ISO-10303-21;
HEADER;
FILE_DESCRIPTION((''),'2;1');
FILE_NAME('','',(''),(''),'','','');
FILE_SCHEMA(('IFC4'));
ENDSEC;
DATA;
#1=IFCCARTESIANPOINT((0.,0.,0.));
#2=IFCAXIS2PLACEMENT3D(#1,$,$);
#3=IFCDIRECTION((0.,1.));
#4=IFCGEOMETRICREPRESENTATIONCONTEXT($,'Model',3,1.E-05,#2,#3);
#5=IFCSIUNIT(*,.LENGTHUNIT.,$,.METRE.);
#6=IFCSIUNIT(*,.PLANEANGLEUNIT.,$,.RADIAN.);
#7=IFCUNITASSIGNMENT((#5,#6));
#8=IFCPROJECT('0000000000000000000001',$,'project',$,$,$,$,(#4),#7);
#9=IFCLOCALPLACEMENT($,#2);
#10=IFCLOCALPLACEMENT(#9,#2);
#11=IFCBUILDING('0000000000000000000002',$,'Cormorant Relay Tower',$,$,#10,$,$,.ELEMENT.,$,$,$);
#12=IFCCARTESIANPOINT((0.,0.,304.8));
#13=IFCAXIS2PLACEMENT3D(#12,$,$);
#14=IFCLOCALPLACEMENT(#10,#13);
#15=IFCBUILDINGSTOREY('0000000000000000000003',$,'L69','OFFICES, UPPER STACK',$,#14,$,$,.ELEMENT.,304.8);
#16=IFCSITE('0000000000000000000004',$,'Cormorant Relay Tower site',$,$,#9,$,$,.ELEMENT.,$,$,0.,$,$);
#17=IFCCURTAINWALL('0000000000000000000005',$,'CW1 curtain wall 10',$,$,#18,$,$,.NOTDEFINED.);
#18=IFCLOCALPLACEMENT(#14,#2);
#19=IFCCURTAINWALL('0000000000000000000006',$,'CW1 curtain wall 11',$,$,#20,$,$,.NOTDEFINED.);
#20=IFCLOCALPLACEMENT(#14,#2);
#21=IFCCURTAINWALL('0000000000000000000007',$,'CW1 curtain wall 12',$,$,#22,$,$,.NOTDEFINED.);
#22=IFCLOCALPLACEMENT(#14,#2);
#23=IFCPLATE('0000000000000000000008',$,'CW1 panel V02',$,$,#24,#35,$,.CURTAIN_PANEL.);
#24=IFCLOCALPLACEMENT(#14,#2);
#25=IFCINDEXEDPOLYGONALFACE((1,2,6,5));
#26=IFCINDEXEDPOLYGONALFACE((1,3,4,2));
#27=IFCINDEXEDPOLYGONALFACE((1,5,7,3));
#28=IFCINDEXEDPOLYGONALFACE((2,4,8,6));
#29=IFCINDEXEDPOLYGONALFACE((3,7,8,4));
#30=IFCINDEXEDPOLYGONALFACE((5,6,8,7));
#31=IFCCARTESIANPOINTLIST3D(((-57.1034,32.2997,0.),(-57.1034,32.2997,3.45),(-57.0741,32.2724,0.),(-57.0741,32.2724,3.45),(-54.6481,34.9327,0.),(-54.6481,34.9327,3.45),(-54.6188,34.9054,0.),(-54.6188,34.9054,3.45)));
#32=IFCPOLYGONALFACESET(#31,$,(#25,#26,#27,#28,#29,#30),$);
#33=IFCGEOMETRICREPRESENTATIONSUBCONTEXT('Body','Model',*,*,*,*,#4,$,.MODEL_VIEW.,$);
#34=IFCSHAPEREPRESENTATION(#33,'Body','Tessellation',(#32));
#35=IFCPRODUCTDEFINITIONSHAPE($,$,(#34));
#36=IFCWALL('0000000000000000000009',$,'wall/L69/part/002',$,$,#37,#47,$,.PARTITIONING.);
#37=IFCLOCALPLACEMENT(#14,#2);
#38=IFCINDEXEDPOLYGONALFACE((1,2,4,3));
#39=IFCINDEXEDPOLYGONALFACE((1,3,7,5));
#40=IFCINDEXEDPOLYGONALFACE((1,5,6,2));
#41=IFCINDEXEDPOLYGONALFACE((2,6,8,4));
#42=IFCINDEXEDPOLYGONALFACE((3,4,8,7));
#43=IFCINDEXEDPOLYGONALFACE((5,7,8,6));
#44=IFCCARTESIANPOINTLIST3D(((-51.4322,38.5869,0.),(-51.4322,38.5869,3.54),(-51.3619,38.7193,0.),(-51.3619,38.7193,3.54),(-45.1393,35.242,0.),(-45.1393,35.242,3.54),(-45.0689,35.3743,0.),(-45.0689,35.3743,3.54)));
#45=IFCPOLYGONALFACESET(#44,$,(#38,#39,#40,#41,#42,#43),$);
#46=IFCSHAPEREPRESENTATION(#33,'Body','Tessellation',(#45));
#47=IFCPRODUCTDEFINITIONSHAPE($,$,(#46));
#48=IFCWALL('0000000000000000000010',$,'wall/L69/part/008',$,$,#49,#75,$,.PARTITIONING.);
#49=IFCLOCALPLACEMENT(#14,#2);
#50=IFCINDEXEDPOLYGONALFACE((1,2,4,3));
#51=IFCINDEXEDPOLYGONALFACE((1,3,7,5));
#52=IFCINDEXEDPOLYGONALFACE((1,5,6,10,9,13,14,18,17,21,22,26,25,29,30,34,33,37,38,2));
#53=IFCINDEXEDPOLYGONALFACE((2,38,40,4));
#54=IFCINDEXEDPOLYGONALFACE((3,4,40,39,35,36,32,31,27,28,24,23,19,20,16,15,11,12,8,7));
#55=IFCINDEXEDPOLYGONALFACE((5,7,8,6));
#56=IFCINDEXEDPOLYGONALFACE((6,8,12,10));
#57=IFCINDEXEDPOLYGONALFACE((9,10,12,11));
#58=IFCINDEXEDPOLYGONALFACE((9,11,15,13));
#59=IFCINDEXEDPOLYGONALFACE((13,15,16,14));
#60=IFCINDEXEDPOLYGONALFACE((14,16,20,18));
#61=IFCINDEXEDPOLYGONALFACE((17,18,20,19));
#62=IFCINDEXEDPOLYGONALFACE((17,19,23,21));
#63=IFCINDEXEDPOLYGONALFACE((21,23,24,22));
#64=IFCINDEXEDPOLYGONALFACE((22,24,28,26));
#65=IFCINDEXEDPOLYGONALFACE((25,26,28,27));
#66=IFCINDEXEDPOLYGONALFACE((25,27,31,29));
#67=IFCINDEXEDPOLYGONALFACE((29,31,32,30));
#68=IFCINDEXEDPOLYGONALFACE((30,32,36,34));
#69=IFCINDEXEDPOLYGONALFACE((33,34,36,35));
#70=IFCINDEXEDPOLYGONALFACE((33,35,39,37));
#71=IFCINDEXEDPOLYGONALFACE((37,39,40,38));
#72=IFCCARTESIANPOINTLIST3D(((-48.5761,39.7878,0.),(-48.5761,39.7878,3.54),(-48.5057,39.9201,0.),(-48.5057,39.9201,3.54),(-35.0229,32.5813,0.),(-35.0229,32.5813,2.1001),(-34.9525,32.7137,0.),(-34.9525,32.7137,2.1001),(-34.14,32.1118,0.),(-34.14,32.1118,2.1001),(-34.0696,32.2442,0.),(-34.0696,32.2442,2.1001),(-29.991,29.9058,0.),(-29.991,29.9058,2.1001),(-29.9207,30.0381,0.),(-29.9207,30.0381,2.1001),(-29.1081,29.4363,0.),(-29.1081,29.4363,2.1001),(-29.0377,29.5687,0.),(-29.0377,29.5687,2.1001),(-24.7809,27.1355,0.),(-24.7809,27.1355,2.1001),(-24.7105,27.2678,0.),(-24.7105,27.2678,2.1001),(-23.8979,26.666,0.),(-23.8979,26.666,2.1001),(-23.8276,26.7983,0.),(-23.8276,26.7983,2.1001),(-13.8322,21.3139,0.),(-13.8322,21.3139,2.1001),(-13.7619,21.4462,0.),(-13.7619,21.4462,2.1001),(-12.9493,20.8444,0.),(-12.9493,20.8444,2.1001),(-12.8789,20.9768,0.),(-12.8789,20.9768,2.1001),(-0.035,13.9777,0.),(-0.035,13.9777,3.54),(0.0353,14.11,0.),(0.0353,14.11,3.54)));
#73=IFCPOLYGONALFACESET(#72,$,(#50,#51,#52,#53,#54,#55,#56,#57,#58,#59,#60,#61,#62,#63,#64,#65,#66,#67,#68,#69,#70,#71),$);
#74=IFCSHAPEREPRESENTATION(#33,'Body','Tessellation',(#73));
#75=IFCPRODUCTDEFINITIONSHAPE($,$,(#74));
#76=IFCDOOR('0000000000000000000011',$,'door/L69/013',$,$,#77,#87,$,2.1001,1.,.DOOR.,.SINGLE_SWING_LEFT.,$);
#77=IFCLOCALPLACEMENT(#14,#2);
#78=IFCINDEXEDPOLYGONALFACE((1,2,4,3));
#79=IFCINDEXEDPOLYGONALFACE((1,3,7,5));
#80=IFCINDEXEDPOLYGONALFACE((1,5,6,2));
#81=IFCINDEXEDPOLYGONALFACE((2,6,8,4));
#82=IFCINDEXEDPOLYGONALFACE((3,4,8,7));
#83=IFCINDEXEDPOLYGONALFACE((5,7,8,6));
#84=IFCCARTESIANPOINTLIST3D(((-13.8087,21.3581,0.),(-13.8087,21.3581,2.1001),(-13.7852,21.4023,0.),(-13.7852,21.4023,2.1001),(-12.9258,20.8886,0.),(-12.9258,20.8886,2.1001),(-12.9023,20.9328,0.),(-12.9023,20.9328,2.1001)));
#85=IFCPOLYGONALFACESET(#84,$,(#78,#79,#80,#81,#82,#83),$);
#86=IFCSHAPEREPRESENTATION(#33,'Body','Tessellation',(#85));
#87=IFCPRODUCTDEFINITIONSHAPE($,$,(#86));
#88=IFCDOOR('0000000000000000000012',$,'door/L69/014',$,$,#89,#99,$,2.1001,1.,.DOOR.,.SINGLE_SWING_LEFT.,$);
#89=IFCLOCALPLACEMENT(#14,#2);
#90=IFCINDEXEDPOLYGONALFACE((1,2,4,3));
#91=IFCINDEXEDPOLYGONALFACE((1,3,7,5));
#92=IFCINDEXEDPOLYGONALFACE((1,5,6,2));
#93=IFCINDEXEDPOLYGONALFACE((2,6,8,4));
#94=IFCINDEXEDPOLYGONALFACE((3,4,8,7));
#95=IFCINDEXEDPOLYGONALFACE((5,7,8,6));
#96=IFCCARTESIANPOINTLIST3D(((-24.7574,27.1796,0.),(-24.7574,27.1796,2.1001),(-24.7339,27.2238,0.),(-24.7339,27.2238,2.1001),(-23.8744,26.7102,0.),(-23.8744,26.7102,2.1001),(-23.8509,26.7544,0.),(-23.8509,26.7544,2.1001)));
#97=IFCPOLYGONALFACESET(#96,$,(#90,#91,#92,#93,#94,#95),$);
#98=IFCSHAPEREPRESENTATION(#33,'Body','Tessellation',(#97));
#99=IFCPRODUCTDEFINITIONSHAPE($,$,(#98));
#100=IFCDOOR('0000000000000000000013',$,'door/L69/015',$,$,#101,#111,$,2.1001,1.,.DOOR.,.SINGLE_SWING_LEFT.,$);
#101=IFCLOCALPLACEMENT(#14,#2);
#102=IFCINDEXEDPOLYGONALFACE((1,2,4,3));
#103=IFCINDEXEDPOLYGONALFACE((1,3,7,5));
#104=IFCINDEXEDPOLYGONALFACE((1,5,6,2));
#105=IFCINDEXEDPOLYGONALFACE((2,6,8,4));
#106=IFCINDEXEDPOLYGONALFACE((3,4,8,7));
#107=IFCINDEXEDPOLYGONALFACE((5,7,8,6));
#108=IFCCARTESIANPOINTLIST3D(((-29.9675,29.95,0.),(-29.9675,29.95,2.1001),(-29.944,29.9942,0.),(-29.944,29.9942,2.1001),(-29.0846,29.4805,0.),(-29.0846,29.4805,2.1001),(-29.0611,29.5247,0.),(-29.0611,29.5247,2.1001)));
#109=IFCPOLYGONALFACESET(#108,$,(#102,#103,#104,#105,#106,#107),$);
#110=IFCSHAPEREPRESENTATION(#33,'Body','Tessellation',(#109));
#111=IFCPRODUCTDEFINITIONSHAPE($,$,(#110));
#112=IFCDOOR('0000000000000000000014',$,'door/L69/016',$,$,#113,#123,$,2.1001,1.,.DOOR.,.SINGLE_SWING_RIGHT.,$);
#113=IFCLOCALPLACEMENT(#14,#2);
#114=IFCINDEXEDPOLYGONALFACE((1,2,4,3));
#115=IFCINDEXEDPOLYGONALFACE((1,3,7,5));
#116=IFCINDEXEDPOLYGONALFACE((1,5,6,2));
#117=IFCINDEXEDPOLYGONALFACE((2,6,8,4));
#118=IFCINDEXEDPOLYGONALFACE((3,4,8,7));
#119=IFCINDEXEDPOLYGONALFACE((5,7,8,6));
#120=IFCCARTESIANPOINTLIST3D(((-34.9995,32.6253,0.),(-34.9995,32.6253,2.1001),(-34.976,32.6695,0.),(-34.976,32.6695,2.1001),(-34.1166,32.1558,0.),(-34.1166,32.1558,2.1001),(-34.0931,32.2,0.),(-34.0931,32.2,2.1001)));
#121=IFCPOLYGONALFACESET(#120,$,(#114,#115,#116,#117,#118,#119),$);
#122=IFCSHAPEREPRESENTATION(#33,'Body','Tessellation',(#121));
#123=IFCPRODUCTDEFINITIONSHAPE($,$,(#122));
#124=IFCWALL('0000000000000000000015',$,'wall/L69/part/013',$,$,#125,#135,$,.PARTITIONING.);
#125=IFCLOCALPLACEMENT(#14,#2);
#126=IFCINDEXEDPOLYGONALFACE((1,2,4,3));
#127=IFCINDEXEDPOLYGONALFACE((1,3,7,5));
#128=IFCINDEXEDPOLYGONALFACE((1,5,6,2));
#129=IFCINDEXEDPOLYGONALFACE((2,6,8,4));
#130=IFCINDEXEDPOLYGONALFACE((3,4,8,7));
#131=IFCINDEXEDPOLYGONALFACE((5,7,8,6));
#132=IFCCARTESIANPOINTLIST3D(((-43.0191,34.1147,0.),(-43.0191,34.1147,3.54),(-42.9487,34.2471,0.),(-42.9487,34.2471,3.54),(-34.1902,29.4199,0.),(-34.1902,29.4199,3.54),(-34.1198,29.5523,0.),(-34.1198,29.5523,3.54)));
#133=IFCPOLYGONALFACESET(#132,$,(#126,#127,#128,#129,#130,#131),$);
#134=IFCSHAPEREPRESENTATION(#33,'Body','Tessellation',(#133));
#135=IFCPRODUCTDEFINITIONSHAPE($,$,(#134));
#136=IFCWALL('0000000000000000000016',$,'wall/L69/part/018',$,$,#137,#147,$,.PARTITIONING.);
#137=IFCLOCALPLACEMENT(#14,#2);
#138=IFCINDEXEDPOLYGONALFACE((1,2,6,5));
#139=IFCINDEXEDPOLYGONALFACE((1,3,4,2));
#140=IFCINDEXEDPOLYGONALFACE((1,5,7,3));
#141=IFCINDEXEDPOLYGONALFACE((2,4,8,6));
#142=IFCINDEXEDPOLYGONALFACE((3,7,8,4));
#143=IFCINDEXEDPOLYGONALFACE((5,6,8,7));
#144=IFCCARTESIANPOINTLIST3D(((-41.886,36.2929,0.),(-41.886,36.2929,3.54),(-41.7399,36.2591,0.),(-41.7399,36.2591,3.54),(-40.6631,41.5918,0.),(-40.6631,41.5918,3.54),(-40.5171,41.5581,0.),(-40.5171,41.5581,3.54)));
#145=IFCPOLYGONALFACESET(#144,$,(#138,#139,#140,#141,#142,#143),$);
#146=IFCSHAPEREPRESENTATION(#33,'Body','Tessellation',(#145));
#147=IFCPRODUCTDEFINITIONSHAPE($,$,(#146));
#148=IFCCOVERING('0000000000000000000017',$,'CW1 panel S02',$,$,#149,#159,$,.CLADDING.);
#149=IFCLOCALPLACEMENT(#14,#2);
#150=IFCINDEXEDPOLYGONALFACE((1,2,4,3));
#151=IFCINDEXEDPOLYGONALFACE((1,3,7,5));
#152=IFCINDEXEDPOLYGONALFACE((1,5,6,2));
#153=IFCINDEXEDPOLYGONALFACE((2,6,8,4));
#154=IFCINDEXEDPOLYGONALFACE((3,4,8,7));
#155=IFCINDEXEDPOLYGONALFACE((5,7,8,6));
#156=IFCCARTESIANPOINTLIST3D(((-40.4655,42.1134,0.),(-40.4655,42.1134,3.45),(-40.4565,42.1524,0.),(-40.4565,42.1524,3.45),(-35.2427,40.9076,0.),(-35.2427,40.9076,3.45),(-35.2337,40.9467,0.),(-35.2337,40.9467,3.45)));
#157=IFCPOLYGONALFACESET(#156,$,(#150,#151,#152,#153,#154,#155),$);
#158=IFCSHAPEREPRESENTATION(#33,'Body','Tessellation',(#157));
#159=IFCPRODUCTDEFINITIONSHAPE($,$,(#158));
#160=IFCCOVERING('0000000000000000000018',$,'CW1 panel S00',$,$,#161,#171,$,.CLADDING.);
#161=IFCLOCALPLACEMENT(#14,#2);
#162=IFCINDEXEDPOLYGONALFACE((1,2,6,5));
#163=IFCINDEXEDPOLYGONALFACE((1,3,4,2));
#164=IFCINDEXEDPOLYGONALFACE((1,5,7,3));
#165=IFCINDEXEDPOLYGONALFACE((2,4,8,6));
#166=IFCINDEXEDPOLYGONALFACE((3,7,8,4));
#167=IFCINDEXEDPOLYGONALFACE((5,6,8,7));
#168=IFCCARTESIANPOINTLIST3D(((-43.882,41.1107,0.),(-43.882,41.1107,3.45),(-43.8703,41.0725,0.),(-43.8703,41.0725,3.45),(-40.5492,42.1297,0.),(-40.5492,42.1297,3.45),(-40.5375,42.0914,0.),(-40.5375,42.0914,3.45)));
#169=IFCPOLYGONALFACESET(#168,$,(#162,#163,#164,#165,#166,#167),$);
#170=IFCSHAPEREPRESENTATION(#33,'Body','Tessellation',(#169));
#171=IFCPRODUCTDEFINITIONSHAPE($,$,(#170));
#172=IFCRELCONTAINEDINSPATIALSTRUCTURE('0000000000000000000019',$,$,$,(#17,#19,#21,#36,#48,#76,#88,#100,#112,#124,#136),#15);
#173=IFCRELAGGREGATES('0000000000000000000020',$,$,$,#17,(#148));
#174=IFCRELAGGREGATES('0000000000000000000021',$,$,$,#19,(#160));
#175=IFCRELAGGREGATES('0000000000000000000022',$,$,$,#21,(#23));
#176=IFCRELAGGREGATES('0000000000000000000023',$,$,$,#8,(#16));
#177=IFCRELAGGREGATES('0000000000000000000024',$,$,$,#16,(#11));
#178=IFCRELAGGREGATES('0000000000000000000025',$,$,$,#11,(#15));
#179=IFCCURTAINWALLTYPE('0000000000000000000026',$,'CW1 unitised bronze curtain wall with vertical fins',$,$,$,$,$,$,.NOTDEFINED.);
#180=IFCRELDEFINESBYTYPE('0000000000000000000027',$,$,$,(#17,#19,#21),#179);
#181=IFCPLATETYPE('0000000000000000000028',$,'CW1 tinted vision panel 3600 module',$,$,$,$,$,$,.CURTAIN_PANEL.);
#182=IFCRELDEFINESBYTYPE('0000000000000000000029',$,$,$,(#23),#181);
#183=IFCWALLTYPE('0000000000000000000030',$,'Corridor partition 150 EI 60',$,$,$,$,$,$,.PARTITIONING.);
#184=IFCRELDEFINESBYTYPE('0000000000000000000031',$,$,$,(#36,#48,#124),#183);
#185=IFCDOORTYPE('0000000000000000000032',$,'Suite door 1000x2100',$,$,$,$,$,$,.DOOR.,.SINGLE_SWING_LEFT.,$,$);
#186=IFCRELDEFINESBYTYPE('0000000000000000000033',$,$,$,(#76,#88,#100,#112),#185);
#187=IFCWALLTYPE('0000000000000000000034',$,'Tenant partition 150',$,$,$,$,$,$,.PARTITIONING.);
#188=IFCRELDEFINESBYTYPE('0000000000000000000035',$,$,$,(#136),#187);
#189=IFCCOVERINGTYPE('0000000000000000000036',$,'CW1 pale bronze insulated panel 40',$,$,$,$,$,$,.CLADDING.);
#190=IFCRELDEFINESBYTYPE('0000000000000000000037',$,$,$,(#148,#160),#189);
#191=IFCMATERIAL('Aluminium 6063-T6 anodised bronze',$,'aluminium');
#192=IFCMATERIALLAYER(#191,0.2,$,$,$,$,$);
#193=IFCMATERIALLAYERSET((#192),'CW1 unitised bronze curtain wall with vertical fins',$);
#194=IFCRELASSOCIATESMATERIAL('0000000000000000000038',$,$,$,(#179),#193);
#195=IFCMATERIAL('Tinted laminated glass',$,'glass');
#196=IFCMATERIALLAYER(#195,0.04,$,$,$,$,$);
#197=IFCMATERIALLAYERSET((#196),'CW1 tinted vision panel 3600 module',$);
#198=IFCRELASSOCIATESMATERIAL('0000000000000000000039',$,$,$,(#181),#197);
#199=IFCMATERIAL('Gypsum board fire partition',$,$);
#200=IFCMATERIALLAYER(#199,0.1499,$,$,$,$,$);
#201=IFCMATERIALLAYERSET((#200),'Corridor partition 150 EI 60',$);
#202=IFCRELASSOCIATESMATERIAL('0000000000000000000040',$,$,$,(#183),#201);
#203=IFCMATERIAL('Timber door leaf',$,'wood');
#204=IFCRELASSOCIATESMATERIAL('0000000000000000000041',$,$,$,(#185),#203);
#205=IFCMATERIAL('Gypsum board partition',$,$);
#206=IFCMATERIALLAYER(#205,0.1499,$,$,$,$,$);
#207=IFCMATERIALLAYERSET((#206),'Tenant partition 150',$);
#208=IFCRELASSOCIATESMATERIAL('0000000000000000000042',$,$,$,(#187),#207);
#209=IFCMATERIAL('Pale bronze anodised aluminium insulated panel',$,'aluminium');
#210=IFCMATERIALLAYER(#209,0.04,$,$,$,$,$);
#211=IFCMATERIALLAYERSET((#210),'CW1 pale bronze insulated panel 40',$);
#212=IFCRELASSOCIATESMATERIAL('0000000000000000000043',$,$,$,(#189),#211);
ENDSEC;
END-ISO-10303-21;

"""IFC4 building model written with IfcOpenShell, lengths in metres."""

from ifc_helpers import new_model, si_unit, direction, frame, frame_2d, origin, origin_2d, place, context, subcontext, project, spatial, rectangle, extrude, material, layer, layer_set, type_object, element, fill, aggregate, save


model = new_model("IFC4")

# Units and contexts
model_context = context("Model", 3, precision=1e-05, world=origin(), true_north=direction((0.0, 1.0)))
body_context = subcontext(model_context, "Body", "Model", "MODEL_VIEW")
ifc_project = project(units=[si_unit("LENGTHUNIT", "METRE"), si_unit("PLANEANGLEUNIT", "RADIAN")], contexts=[model_context])

# Site, building, storey
site_placement = place(None, origin())
site = spatial("IfcSite", under=ifc_project, at=site_placement, Name="Cormorant Relay Tower site", CompositionType="ELEMENT", RefElevation=0.0)
building_placement = place(site_placement, origin())
building = spatial("IfcBuilding", under=site, at=building_placement, Name="Cormorant Relay Tower", CompositionType="ELEMENT")
storey_placement = place(building_placement, frame((0.0, 0.0, 304.8)))
storey = spatial("IfcBuildingStorey", under=building, at=storey_placement, Name="L69", Description="OFFICES, UPPER STACK", CompositionType="ELEMENT", Elevation=304.8)

# Curtain wall
ifc_material_1 = material(Name="Aluminium 6063-T6 anodised bronze", Category="aluminium")
ifc_layer_1 = layer(ifc_material_1, 0.2)
ifc_layer_set_1 = layer_set([ifc_layer_1], Name="CW1 unitised bronze curtain wall with vertical fins")
curtain_wall_type = type_object("IfcCurtainWallType", Name="CW1 unitised bronze curtain wall with vertical fins", PredefinedType="NOTDEFINED", material=ifc_layer_set_1)
curtain_wall_1_placement = place(storey_placement, origin())
curtain_wall_1 = element("IfcCurtainWall", 1, at=curtain_wall_1_placement, inside=storey, type_object=curtain_wall_type, Name="CW1 curtain wall 10", PredefinedType="NOTDEFINED")

# Curtain walls
curtain_wall_2_placement = place(storey_placement, origin())
curtain_wall_2 = element("IfcCurtainWall", 2, at=curtain_wall_2_placement, inside=storey, type_object=curtain_wall_type, Name="CW1 curtain wall 11", PredefinedType="NOTDEFINED")
curtain_wall_3_placement = place(storey_placement, origin())
curtain_wall_3 = element("IfcCurtainWall", 3, at=curtain_wall_3_placement, inside=storey, type_object=curtain_wall_type, Name="CW1 curtain wall 12", PredefinedType="NOTDEFINED")

# Plate
ifc_material_2 = material(Name="Tinted laminated glass", Category="glass")
ifc_layer_2 = layer(ifc_material_2, 0.04)
ifc_layer_set_2 = layer_set([ifc_layer_2], Name="CW1 tinted vision panel 3600 module")
plate_type_1 = type_object("IfcPlateType", Name="CW1 tinted vision panel 3600 module", PredefinedType="CURTAIN_PANEL", material=ifc_layer_set_2)
plate_1_placement = place(storey_placement, frame((-55.8611, 33.6025, 0.0), z_axis=(0.0, 0.0, 1.0), x_axis=(-0.681998, -0.731354, 0.0)))
plate_1 = element("IfcPlate", 4, at=plate_1_placement, type_object=plate_type_1, Name="CW1 panel V02", PredefinedType="CURTAIN_PANEL", context=body_context, shape_type="SweptSolid", body=[
    extrude(rectangle(XDim=3.6001, YDim=0.04, at=origin_2d()), origin(), (0.0, 0.0, 1.0), 3.45),
])

# Wall
ifc_material_3 = material(Name="Gypsum board fire partition")
ifc_layer_3 = layer(ifc_material_3, 0.1499)
ifc_layer_set_3 = layer_set([ifc_layer_3], Name="Corridor partition 150 EI 60")
wall_type_1 = type_object("IfcWallType", Name="Corridor partition 150 EI 60", PredefinedType="PARTITIONING", material=ifc_layer_set_3)
wall_1_placement = place(storey_placement, frame((-45.104, 35.3081, 0.0), z_axis=(0.0, 0.0, 1.0), x_axis=(-0.883009, 0.469356, 0.0)))
element("IfcWall", 5, at=wall_1_placement, inside=storey, type_object=wall_type_1, Name="wall/L69/part/002", PredefinedType="PARTITIONING", context=body_context, shape_type="SweptSolid", body=[
    extrude(rectangle(XDim=7.1267, YDim=0.1499, at=frame_2d((3.5635, 0.0))), origin(), (0.0, 0.0, 1.0), 3.54),
])

# Wall, openings, doors
wall_2_placement = place(storey_placement, frame((-48.541, 39.854, 0.0), z_axis=(0.0, 0.0, 1.0), x_axis=(0.882945, -0.469476, 0.0)))
wall_2 = element("IfcWall", 6, at=wall_2_placement, inside=storey, type_object=wall_type_1, Name="wall/L69/part/008", PredefinedType="PARTITIONING", context=body_context, shape_type="SweptSolid", body=[
    extrude(rectangle(XDim=54.9763, YDim=0.1499, at=frame_2d((27.4883, 0.0))), origin(), (0.0, 0.0, 1.0), 3.54),
])
opening_1_placement = place(wall_2_placement, frame((39.3501, 0.0, 0.0)))
opening_1 = element("IfcOpeningElement", 7, at=opening_1_placement, cuts=wall_2, PredefinedType="OPENING", context=body_context, shape_type="SweptSolid", body=[
    extrude(rectangle(XDim=1.0, YDim=2.1001, at=frame_2d((0.5, 1.05))), frame((0.0, 0.085, 0.0), z_axis=(0.0, -1.0, 0.0), x_axis=(1.0, 0.0, 0.0)), (0.0, 0.0, 1.0), 0.1699),
])
opening_2_placement = place(wall_2_placement, frame((26.95, 0.0, 0.0)))
opening_2 = element("IfcOpeningElement", 8, at=opening_2_placement, cuts=wall_2, PredefinedType="OPENING", context=body_context, shape_type="SweptSolid", body=[
    extrude(rectangle(XDim=1.0, YDim=2.1001, at=frame_2d((0.5, 1.05))), frame((0.0, 0.085, 0.0), z_axis=(0.0, -1.0, 0.0), x_axis=(1.0, 0.0, 0.0)), (0.0, 0.0, 1.0), 0.1699),
])
opening_3_placement = place(wall_2_placement, frame((21.0491, 0.0, 0.0)))
opening_3 = element("IfcOpeningElement", 9, at=opening_3_placement, cuts=wall_2, PredefinedType="OPENING", context=body_context, shape_type="SweptSolid", body=[
    extrude(rectangle(XDim=1.0, YDim=2.1001, at=frame_2d((0.5, 1.05))), frame((0.0, 0.085, 0.0), z_axis=(0.0, -1.0, 0.0), x_axis=(1.0, 0.0, 0.0)), (0.0, 0.0, 1.0), 0.1699),
])
opening_4_placement = place(wall_2_placement, frame((15.3501, 0.0, 0.0)))
opening_4 = element("IfcOpeningElement", 10, at=opening_4_placement, cuts=wall_2, PredefinedType="OPENING", context=body_context, shape_type="SweptSolid", body=[
    extrude(rectangle(XDim=1.0, YDim=2.1001, at=frame_2d((0.5, 1.05))), frame((0.0, 0.085, 0.0), z_axis=(0.0, -1.0, 0.0), x_axis=(1.0, 0.0, 0.0)), (0.0, 0.0, 1.0), 0.1699),
])
ifc_material_4 = material(Name="Timber door leaf", Category="wood")
door_type = type_object("IfcDoorType", Name="Suite door 1000x2100", OperationType="SINGLE_SWING_LEFT", PredefinedType="DOOR", material=ifc_material_4)
door_1_placement = place(opening_1_placement, frame((1.0, 0.0, 0.0), z_axis=(0.0, 0.0, 1.0), x_axis=(-1.0, 0.0, 0.0)))
door_1 = element("IfcDoor", 11, at=door_1_placement, inside=storey, type_object=door_type, Name="door/L69/013", OperationType="SINGLE_SWING_LEFT", OverallHeight=2.1001, OverallWidth=1.0, PredefinedType="DOOR", context=body_context, shape_type="SweptSolid", body=[
    extrude(rectangle(XDim=1.0, YDim=2.1001, at=frame_2d((0.5, 1.05))), frame((0.0, 0.0249, 0.0), z_axis=(0.0, -1.0, 0.0), x_axis=(1.0, 0.0, 0.0)), (0.0, 0.0, 1.0), 0.05),
])
fill(opening_1, door_1)
door_2_placement = place(opening_2_placement, frame((1.0, 0.0, 0.0), z_axis=(0.0, 0.0, 1.0), x_axis=(-1.0, 0.0, 0.0)))
door_2 = element("IfcDoor", 12, at=door_2_placement, inside=storey, type_object=door_type, Name="door/L69/014", OperationType="SINGLE_SWING_LEFT", OverallHeight=2.1001, OverallWidth=1.0, PredefinedType="DOOR", context=body_context, shape_type="SweptSolid", body=[
    extrude(rectangle(XDim=1.0, YDim=2.1001, at=frame_2d((0.5, 1.05))), frame((0.0, 0.0249, 0.0), z_axis=(0.0, -1.0, 0.0), x_axis=(1.0, 0.0, 0.0)), (0.0, 0.0, 1.0), 0.05),
])
fill(opening_2, door_2)
door_3_placement = place(opening_3_placement, frame((1.0, 0.0, 0.0), z_axis=(0.0, 0.0, 1.0), x_axis=(-1.0, 0.0, 0.0)))
door_3 = element("IfcDoor", 13, at=door_3_placement, inside=storey, type_object=door_type, Name="door/L69/015", OperationType="SINGLE_SWING_LEFT", OverallHeight=2.1001, OverallWidth=1.0, PredefinedType="DOOR", context=body_context, shape_type="SweptSolid", body=[
    extrude(rectangle(XDim=1.0, YDim=2.1001, at=frame_2d((0.5, 1.05))), frame((0.0, 0.0249, 0.0), z_axis=(0.0, -1.0, 0.0), x_axis=(1.0, 0.0, 0.0)), (0.0, 0.0, 1.0), 0.05),
])
fill(opening_3, door_3)
door_4_placement = place(opening_4_placement, origin())
door_4 = element("IfcDoor", 14, at=door_4_placement, inside=storey, type_object=door_type, Name="door/L69/016", OperationType="SINGLE_SWING_RIGHT", OverallHeight=2.1001, OverallWidth=1.0, PredefinedType="DOOR", context=body_context, shape_type="SweptSolid", body=[
    extrude(rectangle(XDim=1.0, YDim=2.1001, at=frame_2d((0.5, 1.05))), frame((0.0, 0.0249, 0.0), z_axis=(0.0, -1.0, 0.0), x_axis=(1.0, 0.0, 0.0)), (0.0, 0.0, 1.0), 0.05),
])
fill(opening_4, door_4)

# Walls
wall_3_placement = place(storey_placement, frame((-42.9839, 34.1809, 0.0), z_axis=(0.0, 0.0, 1.0), x_axis=(0.882929, -0.469506, 0.0)))
element("IfcWall", 15, at=wall_3_placement, inside=storey, type_object=wall_type_1, Name="wall/L69/part/013", PredefinedType="PARTITIONING", context=body_context, shape_type="SweptSolid", body=[
    extrude(rectangle(XDim=9.9995, YDim=0.1499, at=frame_2d((4.9998, 0.0))), origin(), (0.0, 0.0, 1.0), 3.54),
])
ifc_material_5 = material(Name="Gypsum board partition")
ifc_layer_4 = layer(ifc_material_5, 0.1499)
ifc_layer_set_4 = layer_set([ifc_layer_4], Name="Tenant partition 150")
wall_type_2 = type_object("IfcWallType", Name="Tenant partition 150", PredefinedType="PARTITIONING", material=ifc_layer_set_4)
wall_4_placement = place(storey_placement, frame((-41.813, 36.2759, 0.0), z_axis=(0.0, 0.0, 1.0), x_axis=(0.224866, 0.97439, 0.0)))
element("IfcWall", 16, at=wall_4_placement, inside=storey, type_object=wall_type_2, Name="wall/L69/part/018", PredefinedType="PARTITIONING", context=body_context, shape_type="SweptSolid", body=[
    extrude(rectangle(XDim=5.4382, YDim=0.1499, at=frame_2d((2.7192, 0.0))), origin(), (0.0, 0.0, 1.0), 3.54),
])

# Coverings
ifc_material_6 = material(Name="Pale bronze anodised aluminium insulated panel", Category="aluminium")
ifc_layer_5 = layer(ifc_material_6, 0.04)
ifc_layer_set_5 = layer_set([ifc_layer_5], Name="CW1 pale bronze insulated panel 40")
covering_type = type_object("IfcCoveringType", Name="CW1 pale bronze insulated panel 40", PredefinedType="CLADDING", material=ifc_layer_set_5)
covering_1_placement = place(storey_placement, frame((-37.8496, 41.53, 0.0), z_axis=(0.0, 0.0, 1.0), x_axis=(-0.97437, 0.224951, 0.0)))
covering_1 = element("IfcCovering", 17, at=covering_1_placement, type_object=covering_type, Name="CW1 panel S02", PredefinedType="CLADDING", context=body_context, shape_type="SweptSolid", body=[
    extrude(rectangle(XDim=5.3601, YDim=0.04, at=origin_2d()), origin(), (0.0, 0.0, 1.0), 3.45),
])
aggregate(curtain_wall_1, [covering_1])
covering_2_placement = place(storey_placement, frame((-42.2097, 41.6011, 0.0), z_axis=(0.0, 0.0, 1.0), x_axis=(-0.956305, -0.292372, 0.0)))
covering_2 = element("IfcCovering", 18, at=covering_2_placement, type_object=covering_type, Name="CW1 panel S00", PredefinedType="CLADDING", context=body_context, shape_type="SweptSolid", body=[
    extrude(rectangle(XDim=3.4851, YDim=0.04, at=origin_2d()), origin(), (0.0, 0.0, 1.0), 3.45),
])
aggregate(curtain_wall_2, [covering_2])
aggregate(curtain_wall_3, [plate_1])

save(model, "model.ifc")
